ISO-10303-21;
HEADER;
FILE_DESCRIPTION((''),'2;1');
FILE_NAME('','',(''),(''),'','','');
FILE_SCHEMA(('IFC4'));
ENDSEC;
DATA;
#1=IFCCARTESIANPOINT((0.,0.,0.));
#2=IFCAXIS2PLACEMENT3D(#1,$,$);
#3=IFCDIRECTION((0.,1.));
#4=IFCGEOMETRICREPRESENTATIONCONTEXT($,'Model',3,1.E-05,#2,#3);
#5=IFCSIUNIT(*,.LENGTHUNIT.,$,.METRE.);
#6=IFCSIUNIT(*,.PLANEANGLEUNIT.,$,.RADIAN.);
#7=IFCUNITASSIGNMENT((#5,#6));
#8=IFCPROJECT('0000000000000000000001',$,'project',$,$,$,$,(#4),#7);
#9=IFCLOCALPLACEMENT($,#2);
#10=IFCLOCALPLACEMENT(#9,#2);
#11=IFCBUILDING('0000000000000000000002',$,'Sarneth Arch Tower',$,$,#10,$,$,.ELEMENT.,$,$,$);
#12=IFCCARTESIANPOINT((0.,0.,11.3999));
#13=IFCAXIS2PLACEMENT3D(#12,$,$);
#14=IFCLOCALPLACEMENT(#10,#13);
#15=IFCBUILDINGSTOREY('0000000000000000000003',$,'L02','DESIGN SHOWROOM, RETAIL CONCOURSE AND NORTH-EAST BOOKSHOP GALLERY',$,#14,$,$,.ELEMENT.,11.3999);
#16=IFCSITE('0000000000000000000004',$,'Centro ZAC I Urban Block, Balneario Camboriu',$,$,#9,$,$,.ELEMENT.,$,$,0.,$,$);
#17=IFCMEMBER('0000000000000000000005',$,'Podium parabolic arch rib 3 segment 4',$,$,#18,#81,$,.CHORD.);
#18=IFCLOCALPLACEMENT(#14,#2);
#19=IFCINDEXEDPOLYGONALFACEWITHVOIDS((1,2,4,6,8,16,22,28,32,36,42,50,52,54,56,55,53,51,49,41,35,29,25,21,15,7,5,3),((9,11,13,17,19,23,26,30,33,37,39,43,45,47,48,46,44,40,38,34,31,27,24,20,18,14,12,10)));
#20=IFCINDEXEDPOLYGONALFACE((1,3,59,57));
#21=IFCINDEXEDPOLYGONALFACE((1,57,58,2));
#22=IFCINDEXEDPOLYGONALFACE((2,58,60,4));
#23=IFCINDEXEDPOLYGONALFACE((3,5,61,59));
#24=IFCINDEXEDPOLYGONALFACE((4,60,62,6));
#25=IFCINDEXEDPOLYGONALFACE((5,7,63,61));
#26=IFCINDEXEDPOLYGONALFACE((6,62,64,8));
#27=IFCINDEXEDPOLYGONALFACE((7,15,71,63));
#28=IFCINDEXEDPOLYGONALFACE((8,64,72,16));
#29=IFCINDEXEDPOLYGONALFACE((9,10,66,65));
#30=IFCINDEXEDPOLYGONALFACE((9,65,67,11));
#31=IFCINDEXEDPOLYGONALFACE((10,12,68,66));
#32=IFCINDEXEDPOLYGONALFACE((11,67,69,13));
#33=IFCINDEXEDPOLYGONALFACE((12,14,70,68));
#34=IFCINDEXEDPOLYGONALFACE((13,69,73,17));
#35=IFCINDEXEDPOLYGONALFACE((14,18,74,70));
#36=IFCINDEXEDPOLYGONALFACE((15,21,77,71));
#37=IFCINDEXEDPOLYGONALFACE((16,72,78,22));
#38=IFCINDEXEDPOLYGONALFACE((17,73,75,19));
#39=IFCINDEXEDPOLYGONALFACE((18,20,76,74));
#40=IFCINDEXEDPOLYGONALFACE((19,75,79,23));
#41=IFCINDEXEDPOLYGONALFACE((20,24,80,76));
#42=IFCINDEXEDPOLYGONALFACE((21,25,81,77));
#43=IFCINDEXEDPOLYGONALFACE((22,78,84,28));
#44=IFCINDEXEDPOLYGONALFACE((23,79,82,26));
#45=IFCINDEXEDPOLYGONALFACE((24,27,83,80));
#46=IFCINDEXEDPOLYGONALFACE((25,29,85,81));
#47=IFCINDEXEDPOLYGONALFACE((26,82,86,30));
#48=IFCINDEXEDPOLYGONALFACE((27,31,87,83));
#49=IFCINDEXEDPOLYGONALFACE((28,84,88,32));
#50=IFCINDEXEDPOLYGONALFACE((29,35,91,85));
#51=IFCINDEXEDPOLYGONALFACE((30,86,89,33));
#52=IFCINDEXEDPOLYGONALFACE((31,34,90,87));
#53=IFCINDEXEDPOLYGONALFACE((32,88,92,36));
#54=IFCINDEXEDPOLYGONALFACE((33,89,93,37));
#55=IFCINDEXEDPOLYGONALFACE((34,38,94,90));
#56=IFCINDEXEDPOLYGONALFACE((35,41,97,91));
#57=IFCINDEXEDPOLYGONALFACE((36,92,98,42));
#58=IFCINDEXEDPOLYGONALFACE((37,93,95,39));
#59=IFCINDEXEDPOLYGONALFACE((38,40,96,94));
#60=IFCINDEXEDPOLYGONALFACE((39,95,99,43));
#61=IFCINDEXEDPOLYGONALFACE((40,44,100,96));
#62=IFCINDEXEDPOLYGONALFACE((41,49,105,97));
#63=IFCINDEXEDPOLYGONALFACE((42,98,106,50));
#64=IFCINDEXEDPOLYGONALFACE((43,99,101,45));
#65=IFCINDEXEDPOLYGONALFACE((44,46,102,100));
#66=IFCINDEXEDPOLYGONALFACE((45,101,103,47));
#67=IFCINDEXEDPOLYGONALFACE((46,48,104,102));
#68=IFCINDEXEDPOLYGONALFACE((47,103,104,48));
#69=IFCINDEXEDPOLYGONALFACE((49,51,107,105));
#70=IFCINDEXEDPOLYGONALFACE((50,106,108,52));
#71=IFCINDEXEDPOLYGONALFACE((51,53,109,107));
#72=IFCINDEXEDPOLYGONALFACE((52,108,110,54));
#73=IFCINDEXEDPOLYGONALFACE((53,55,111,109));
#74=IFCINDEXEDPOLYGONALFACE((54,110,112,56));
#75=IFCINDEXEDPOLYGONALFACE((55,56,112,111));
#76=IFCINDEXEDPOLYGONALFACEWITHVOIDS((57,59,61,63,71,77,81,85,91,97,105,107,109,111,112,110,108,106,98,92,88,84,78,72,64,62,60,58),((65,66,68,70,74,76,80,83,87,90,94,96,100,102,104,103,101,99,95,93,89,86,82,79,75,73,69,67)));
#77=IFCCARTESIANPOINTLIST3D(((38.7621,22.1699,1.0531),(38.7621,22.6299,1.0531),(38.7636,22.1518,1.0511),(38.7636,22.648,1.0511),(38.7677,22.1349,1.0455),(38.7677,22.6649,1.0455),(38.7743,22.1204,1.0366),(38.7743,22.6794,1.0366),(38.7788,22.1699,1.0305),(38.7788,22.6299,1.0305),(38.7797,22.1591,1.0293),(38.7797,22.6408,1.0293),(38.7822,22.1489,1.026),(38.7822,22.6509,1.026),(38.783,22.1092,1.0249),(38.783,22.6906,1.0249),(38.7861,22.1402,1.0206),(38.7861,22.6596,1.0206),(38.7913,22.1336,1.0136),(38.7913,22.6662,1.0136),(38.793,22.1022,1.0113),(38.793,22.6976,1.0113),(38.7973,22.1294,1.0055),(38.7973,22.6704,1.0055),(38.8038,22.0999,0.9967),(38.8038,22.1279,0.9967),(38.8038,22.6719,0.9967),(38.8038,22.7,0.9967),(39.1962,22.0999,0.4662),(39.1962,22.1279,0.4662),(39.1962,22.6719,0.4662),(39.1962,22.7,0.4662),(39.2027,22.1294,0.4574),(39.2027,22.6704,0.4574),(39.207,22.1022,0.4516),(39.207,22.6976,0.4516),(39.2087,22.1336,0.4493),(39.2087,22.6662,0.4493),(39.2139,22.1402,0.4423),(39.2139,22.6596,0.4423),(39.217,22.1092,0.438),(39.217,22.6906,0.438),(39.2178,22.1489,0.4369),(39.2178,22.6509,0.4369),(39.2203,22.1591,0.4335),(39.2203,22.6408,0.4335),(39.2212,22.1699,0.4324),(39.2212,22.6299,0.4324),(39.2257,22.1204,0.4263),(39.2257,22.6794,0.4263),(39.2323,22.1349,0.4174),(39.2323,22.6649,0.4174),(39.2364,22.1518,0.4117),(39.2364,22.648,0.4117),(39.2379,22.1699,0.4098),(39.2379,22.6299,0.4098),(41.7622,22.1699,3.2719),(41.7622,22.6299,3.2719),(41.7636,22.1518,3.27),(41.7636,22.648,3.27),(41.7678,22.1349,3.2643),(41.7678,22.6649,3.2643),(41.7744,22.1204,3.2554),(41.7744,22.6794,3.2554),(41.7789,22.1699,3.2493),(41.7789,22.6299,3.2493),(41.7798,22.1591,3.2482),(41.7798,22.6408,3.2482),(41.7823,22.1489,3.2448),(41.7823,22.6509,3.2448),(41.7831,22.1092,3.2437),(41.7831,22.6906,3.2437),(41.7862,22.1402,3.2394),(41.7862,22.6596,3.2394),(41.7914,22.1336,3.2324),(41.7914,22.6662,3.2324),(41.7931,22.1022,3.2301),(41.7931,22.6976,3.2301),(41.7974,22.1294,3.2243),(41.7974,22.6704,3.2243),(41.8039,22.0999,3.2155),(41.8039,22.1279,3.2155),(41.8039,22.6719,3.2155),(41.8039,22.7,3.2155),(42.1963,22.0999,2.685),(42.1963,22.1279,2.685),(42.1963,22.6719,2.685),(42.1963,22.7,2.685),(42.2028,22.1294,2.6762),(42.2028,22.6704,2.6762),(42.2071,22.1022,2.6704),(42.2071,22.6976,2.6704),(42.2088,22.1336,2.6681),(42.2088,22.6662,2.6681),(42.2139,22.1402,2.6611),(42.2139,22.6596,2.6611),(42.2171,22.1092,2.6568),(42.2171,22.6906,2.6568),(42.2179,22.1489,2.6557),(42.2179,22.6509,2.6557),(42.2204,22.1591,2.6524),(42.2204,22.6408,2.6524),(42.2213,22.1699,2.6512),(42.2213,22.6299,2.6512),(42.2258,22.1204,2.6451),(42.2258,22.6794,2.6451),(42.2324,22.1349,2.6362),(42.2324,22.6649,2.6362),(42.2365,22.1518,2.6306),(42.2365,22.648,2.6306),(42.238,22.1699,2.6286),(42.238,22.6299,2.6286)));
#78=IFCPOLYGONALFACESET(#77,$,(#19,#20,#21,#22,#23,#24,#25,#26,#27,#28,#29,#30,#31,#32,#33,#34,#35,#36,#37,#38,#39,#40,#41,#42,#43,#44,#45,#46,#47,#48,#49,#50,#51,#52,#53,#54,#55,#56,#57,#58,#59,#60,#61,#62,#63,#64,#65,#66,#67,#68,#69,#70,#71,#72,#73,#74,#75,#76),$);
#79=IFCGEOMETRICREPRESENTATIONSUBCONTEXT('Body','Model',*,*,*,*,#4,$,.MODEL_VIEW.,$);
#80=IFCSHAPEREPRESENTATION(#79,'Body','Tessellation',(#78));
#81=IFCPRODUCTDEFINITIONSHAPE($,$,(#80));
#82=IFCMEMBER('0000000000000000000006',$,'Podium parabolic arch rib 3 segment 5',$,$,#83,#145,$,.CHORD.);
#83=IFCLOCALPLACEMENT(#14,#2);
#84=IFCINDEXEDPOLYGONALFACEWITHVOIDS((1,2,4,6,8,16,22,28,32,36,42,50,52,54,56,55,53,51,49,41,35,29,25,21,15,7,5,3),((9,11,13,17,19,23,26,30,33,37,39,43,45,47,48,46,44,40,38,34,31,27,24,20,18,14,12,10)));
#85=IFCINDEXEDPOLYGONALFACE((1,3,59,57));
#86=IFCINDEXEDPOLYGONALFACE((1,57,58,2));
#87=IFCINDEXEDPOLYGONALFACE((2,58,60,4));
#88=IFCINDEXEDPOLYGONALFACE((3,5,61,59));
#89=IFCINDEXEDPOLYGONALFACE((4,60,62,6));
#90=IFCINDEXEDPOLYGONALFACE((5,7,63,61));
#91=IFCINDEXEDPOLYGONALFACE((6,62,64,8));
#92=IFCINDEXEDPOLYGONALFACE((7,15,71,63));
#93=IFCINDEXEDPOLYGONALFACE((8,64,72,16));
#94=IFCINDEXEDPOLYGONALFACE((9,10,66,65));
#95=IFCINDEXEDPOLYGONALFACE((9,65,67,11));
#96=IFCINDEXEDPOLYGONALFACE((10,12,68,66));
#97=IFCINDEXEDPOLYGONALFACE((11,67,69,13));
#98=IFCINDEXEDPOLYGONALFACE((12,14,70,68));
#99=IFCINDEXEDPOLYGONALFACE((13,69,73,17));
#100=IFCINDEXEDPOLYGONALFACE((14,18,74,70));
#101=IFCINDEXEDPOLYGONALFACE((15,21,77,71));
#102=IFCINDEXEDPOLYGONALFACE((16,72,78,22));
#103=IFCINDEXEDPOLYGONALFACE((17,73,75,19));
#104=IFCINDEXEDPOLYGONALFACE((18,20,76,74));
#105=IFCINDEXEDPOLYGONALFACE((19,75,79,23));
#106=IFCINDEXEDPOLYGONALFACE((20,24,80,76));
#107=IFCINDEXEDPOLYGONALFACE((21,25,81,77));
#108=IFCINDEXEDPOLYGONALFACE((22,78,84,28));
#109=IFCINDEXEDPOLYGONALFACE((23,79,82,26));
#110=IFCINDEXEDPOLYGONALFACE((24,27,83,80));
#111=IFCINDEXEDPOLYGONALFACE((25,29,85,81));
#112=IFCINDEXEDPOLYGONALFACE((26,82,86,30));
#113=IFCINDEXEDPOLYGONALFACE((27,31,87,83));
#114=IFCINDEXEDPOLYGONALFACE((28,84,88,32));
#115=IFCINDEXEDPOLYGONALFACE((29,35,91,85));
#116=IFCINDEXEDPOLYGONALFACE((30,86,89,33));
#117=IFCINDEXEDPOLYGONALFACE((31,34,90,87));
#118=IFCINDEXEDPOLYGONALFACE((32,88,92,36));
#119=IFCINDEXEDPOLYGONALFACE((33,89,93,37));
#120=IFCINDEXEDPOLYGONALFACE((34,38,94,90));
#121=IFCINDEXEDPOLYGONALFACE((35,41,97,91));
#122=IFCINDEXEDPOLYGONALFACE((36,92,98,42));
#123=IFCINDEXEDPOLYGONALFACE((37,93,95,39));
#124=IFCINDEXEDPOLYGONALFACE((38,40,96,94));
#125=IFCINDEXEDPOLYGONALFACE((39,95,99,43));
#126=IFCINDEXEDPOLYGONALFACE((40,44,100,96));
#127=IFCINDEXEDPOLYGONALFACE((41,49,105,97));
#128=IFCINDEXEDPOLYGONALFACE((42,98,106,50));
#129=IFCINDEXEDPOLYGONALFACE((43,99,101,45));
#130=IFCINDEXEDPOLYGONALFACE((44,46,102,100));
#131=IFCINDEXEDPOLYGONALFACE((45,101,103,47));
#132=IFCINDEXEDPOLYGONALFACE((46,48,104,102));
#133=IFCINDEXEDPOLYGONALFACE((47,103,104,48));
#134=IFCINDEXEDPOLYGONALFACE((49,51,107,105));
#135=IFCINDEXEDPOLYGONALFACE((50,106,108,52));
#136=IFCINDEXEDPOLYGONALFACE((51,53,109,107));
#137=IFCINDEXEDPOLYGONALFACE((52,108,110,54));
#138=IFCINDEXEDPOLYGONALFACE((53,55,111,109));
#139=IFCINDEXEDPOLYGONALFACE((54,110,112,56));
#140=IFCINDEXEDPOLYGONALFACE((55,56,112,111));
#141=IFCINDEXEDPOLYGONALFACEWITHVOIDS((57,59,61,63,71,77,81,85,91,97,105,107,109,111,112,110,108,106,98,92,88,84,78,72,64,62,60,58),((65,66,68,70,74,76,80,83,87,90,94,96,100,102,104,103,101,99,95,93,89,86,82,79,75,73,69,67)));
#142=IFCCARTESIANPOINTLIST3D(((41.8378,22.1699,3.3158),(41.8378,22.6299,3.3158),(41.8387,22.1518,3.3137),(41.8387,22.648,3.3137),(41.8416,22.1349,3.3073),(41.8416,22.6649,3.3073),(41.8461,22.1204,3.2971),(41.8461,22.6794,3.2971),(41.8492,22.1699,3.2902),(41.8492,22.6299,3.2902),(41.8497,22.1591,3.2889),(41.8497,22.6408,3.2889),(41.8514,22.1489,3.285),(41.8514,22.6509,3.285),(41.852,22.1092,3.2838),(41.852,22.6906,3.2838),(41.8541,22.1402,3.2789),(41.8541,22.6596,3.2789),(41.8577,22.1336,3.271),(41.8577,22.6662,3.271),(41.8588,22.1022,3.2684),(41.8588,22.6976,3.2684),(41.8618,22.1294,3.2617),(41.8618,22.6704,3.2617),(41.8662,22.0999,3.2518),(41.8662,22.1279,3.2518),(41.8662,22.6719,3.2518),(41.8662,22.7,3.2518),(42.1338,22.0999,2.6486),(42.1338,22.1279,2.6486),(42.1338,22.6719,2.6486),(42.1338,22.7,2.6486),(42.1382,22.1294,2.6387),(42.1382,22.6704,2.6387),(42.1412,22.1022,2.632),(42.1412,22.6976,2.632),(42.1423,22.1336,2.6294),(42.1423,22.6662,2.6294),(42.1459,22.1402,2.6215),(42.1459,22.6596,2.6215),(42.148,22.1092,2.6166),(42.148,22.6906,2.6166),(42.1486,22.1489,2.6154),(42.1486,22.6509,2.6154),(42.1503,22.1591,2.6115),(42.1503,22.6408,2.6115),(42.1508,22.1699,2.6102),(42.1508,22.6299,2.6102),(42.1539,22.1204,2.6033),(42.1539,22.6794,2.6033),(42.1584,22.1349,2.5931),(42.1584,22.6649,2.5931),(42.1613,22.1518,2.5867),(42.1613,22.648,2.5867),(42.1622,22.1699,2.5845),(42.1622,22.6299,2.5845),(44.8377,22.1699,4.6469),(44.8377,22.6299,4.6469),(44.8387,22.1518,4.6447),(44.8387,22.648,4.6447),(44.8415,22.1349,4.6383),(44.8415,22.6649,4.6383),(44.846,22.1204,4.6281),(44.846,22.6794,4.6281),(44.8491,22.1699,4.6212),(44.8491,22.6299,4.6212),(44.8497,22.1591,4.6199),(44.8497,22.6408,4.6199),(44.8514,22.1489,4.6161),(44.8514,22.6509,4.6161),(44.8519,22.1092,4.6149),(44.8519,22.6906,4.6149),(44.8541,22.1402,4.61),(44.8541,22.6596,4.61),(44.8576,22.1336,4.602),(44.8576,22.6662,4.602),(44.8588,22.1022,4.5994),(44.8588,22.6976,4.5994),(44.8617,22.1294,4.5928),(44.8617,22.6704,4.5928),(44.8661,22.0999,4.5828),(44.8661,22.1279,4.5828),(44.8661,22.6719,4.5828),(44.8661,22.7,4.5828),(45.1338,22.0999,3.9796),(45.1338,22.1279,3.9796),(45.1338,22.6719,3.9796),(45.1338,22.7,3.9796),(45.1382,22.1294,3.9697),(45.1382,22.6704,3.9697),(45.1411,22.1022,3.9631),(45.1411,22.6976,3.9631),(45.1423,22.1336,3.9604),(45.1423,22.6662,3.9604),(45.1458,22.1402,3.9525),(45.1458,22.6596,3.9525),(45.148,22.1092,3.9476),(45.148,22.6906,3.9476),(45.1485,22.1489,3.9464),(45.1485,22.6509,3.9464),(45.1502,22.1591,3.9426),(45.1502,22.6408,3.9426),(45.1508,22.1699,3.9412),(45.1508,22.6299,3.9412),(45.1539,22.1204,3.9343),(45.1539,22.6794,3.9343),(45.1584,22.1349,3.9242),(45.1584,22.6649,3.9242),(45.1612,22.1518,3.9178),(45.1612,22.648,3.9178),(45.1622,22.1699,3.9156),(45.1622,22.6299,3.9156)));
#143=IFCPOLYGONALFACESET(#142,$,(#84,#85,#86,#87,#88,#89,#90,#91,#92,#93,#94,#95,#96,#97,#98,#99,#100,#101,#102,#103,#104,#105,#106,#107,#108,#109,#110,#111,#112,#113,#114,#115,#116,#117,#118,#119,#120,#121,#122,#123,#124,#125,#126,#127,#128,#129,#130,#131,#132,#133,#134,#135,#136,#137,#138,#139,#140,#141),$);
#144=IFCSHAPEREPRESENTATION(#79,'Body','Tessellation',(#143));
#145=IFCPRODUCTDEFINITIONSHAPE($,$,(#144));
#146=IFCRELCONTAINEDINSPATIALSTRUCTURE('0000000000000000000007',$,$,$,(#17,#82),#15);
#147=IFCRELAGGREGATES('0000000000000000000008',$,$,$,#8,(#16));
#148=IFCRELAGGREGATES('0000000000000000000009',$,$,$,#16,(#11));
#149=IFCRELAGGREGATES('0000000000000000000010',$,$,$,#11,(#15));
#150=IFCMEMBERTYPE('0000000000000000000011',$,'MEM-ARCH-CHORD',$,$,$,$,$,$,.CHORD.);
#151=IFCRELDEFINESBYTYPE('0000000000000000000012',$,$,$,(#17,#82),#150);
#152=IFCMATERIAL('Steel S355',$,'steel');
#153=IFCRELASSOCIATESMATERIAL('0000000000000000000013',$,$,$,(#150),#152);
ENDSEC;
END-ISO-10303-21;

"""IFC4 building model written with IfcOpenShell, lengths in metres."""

from ifc_helpers import new_model, si_unit, direction, frame, origin, origin_2d, place, context, subcontext, project, spatial, hollow_rectangle, extrude, material, material_profile, profile_set, type_object, element, save


model = new_model("IFC4")

# Units and contexts
model_context = context("Model", 3, precision=1e-05, world=origin(), true_north=direction((0.0, 1.0)))
body_context = subcontext(model_context, "Body", "Model", "MODEL_VIEW")
ifc_project = project(units=[si_unit("LENGTHUNIT", "METRE"), si_unit("PLANEANGLEUNIT", "RADIAN")], contexts=[model_context])

# Site, building, storey
site_placement = place(None, origin())
site = spatial("IfcSite", under=ifc_project, at=site_placement, Name="Centro ZAC I Urban Block, Balneario Camboriu", CompositionType="ELEMENT", RefElevation=0.0)
building_placement = place(site_placement, origin())
building = spatial("IfcBuilding", under=site, at=building_placement, Name="Sarneth Arch Tower", CompositionType="ELEMENT")
storey_placement = place(building_placement, frame((0.0, 0.0, 11.3999)))
storey = spatial("IfcBuildingStorey", under=building, at=storey_placement, Name="L02", Description="DESIGN SHOWROOM, RETAIL CONCOURSE AND NORTH-EAST BOOKSHOP GALLERY", CompositionType="ELEMENT", Elevation=11.3999)

# Members
ifc_material_1 = material(Name="Steel S355", Category="steel")
ifc_material_profile_1 = material_profile(ifc_material_1, hollow_rectangle(XDim=0.6001, YDim=0.8, WallThickness=0.0281, InnerFilletRadius=0.042, OuterFilletRadius=0.0701, at=origin_2d()), Name="RHS800x600x28")
ifc_profile_set_1 = profile_set([ifc_material_profile_1], Name="Steel S355")
member_type_1 = type_object("IfcMemberType", Name="MEM-ARCH-CHORD", PredefinedType="CHORD", material=ifc_profile_set_1)
member_1_placement = place(storey_placement, frame((39.0, 22.3999, 0.7314), z_axis=(0.804002, 0.0, 0.594627), x_axis=(0.0, 1.0, 0.0)))
element("IfcMember", 1, at=member_1_placement, inside=storey, type_object=member_type_1, Name="Podium parabolic arch rib 3 segment 4", PredefinedType="CHORD", context=body_context, shape_type="SweptSolid", body=[
    extrude(hollow_rectangle(XDim=0.6001, YDim=0.8, WallThickness=0.0281, InnerFilletRadius=0.042, OuterFilletRadius=0.0701, at=origin_2d()), origin(), (0.0, 0.0, 1.0), 3.7314),
])
member_2_placement = place(storey_placement, frame((42.0, 22.3999, 2.9502), z_axis=(0.914069, 0.0, 0.405559), x_axis=(0.0, 1.0, 0.0)))
element("IfcMember", 2, at=member_2_placement, inside=storey, type_object=member_type_1, Name="Podium parabolic arch rib 3 segment 5", PredefinedType="CHORD", context=body_context, shape_type="SweptSolid", body=[
    extrude(hollow_rectangle(XDim=0.6001, YDim=0.8, WallThickness=0.0281, InnerFilletRadius=0.042, OuterFilletRadius=0.0701, at=origin_2d()), origin(), (0.0, 0.0, 1.0), 3.282),
])

save(model, "model.ifc")
